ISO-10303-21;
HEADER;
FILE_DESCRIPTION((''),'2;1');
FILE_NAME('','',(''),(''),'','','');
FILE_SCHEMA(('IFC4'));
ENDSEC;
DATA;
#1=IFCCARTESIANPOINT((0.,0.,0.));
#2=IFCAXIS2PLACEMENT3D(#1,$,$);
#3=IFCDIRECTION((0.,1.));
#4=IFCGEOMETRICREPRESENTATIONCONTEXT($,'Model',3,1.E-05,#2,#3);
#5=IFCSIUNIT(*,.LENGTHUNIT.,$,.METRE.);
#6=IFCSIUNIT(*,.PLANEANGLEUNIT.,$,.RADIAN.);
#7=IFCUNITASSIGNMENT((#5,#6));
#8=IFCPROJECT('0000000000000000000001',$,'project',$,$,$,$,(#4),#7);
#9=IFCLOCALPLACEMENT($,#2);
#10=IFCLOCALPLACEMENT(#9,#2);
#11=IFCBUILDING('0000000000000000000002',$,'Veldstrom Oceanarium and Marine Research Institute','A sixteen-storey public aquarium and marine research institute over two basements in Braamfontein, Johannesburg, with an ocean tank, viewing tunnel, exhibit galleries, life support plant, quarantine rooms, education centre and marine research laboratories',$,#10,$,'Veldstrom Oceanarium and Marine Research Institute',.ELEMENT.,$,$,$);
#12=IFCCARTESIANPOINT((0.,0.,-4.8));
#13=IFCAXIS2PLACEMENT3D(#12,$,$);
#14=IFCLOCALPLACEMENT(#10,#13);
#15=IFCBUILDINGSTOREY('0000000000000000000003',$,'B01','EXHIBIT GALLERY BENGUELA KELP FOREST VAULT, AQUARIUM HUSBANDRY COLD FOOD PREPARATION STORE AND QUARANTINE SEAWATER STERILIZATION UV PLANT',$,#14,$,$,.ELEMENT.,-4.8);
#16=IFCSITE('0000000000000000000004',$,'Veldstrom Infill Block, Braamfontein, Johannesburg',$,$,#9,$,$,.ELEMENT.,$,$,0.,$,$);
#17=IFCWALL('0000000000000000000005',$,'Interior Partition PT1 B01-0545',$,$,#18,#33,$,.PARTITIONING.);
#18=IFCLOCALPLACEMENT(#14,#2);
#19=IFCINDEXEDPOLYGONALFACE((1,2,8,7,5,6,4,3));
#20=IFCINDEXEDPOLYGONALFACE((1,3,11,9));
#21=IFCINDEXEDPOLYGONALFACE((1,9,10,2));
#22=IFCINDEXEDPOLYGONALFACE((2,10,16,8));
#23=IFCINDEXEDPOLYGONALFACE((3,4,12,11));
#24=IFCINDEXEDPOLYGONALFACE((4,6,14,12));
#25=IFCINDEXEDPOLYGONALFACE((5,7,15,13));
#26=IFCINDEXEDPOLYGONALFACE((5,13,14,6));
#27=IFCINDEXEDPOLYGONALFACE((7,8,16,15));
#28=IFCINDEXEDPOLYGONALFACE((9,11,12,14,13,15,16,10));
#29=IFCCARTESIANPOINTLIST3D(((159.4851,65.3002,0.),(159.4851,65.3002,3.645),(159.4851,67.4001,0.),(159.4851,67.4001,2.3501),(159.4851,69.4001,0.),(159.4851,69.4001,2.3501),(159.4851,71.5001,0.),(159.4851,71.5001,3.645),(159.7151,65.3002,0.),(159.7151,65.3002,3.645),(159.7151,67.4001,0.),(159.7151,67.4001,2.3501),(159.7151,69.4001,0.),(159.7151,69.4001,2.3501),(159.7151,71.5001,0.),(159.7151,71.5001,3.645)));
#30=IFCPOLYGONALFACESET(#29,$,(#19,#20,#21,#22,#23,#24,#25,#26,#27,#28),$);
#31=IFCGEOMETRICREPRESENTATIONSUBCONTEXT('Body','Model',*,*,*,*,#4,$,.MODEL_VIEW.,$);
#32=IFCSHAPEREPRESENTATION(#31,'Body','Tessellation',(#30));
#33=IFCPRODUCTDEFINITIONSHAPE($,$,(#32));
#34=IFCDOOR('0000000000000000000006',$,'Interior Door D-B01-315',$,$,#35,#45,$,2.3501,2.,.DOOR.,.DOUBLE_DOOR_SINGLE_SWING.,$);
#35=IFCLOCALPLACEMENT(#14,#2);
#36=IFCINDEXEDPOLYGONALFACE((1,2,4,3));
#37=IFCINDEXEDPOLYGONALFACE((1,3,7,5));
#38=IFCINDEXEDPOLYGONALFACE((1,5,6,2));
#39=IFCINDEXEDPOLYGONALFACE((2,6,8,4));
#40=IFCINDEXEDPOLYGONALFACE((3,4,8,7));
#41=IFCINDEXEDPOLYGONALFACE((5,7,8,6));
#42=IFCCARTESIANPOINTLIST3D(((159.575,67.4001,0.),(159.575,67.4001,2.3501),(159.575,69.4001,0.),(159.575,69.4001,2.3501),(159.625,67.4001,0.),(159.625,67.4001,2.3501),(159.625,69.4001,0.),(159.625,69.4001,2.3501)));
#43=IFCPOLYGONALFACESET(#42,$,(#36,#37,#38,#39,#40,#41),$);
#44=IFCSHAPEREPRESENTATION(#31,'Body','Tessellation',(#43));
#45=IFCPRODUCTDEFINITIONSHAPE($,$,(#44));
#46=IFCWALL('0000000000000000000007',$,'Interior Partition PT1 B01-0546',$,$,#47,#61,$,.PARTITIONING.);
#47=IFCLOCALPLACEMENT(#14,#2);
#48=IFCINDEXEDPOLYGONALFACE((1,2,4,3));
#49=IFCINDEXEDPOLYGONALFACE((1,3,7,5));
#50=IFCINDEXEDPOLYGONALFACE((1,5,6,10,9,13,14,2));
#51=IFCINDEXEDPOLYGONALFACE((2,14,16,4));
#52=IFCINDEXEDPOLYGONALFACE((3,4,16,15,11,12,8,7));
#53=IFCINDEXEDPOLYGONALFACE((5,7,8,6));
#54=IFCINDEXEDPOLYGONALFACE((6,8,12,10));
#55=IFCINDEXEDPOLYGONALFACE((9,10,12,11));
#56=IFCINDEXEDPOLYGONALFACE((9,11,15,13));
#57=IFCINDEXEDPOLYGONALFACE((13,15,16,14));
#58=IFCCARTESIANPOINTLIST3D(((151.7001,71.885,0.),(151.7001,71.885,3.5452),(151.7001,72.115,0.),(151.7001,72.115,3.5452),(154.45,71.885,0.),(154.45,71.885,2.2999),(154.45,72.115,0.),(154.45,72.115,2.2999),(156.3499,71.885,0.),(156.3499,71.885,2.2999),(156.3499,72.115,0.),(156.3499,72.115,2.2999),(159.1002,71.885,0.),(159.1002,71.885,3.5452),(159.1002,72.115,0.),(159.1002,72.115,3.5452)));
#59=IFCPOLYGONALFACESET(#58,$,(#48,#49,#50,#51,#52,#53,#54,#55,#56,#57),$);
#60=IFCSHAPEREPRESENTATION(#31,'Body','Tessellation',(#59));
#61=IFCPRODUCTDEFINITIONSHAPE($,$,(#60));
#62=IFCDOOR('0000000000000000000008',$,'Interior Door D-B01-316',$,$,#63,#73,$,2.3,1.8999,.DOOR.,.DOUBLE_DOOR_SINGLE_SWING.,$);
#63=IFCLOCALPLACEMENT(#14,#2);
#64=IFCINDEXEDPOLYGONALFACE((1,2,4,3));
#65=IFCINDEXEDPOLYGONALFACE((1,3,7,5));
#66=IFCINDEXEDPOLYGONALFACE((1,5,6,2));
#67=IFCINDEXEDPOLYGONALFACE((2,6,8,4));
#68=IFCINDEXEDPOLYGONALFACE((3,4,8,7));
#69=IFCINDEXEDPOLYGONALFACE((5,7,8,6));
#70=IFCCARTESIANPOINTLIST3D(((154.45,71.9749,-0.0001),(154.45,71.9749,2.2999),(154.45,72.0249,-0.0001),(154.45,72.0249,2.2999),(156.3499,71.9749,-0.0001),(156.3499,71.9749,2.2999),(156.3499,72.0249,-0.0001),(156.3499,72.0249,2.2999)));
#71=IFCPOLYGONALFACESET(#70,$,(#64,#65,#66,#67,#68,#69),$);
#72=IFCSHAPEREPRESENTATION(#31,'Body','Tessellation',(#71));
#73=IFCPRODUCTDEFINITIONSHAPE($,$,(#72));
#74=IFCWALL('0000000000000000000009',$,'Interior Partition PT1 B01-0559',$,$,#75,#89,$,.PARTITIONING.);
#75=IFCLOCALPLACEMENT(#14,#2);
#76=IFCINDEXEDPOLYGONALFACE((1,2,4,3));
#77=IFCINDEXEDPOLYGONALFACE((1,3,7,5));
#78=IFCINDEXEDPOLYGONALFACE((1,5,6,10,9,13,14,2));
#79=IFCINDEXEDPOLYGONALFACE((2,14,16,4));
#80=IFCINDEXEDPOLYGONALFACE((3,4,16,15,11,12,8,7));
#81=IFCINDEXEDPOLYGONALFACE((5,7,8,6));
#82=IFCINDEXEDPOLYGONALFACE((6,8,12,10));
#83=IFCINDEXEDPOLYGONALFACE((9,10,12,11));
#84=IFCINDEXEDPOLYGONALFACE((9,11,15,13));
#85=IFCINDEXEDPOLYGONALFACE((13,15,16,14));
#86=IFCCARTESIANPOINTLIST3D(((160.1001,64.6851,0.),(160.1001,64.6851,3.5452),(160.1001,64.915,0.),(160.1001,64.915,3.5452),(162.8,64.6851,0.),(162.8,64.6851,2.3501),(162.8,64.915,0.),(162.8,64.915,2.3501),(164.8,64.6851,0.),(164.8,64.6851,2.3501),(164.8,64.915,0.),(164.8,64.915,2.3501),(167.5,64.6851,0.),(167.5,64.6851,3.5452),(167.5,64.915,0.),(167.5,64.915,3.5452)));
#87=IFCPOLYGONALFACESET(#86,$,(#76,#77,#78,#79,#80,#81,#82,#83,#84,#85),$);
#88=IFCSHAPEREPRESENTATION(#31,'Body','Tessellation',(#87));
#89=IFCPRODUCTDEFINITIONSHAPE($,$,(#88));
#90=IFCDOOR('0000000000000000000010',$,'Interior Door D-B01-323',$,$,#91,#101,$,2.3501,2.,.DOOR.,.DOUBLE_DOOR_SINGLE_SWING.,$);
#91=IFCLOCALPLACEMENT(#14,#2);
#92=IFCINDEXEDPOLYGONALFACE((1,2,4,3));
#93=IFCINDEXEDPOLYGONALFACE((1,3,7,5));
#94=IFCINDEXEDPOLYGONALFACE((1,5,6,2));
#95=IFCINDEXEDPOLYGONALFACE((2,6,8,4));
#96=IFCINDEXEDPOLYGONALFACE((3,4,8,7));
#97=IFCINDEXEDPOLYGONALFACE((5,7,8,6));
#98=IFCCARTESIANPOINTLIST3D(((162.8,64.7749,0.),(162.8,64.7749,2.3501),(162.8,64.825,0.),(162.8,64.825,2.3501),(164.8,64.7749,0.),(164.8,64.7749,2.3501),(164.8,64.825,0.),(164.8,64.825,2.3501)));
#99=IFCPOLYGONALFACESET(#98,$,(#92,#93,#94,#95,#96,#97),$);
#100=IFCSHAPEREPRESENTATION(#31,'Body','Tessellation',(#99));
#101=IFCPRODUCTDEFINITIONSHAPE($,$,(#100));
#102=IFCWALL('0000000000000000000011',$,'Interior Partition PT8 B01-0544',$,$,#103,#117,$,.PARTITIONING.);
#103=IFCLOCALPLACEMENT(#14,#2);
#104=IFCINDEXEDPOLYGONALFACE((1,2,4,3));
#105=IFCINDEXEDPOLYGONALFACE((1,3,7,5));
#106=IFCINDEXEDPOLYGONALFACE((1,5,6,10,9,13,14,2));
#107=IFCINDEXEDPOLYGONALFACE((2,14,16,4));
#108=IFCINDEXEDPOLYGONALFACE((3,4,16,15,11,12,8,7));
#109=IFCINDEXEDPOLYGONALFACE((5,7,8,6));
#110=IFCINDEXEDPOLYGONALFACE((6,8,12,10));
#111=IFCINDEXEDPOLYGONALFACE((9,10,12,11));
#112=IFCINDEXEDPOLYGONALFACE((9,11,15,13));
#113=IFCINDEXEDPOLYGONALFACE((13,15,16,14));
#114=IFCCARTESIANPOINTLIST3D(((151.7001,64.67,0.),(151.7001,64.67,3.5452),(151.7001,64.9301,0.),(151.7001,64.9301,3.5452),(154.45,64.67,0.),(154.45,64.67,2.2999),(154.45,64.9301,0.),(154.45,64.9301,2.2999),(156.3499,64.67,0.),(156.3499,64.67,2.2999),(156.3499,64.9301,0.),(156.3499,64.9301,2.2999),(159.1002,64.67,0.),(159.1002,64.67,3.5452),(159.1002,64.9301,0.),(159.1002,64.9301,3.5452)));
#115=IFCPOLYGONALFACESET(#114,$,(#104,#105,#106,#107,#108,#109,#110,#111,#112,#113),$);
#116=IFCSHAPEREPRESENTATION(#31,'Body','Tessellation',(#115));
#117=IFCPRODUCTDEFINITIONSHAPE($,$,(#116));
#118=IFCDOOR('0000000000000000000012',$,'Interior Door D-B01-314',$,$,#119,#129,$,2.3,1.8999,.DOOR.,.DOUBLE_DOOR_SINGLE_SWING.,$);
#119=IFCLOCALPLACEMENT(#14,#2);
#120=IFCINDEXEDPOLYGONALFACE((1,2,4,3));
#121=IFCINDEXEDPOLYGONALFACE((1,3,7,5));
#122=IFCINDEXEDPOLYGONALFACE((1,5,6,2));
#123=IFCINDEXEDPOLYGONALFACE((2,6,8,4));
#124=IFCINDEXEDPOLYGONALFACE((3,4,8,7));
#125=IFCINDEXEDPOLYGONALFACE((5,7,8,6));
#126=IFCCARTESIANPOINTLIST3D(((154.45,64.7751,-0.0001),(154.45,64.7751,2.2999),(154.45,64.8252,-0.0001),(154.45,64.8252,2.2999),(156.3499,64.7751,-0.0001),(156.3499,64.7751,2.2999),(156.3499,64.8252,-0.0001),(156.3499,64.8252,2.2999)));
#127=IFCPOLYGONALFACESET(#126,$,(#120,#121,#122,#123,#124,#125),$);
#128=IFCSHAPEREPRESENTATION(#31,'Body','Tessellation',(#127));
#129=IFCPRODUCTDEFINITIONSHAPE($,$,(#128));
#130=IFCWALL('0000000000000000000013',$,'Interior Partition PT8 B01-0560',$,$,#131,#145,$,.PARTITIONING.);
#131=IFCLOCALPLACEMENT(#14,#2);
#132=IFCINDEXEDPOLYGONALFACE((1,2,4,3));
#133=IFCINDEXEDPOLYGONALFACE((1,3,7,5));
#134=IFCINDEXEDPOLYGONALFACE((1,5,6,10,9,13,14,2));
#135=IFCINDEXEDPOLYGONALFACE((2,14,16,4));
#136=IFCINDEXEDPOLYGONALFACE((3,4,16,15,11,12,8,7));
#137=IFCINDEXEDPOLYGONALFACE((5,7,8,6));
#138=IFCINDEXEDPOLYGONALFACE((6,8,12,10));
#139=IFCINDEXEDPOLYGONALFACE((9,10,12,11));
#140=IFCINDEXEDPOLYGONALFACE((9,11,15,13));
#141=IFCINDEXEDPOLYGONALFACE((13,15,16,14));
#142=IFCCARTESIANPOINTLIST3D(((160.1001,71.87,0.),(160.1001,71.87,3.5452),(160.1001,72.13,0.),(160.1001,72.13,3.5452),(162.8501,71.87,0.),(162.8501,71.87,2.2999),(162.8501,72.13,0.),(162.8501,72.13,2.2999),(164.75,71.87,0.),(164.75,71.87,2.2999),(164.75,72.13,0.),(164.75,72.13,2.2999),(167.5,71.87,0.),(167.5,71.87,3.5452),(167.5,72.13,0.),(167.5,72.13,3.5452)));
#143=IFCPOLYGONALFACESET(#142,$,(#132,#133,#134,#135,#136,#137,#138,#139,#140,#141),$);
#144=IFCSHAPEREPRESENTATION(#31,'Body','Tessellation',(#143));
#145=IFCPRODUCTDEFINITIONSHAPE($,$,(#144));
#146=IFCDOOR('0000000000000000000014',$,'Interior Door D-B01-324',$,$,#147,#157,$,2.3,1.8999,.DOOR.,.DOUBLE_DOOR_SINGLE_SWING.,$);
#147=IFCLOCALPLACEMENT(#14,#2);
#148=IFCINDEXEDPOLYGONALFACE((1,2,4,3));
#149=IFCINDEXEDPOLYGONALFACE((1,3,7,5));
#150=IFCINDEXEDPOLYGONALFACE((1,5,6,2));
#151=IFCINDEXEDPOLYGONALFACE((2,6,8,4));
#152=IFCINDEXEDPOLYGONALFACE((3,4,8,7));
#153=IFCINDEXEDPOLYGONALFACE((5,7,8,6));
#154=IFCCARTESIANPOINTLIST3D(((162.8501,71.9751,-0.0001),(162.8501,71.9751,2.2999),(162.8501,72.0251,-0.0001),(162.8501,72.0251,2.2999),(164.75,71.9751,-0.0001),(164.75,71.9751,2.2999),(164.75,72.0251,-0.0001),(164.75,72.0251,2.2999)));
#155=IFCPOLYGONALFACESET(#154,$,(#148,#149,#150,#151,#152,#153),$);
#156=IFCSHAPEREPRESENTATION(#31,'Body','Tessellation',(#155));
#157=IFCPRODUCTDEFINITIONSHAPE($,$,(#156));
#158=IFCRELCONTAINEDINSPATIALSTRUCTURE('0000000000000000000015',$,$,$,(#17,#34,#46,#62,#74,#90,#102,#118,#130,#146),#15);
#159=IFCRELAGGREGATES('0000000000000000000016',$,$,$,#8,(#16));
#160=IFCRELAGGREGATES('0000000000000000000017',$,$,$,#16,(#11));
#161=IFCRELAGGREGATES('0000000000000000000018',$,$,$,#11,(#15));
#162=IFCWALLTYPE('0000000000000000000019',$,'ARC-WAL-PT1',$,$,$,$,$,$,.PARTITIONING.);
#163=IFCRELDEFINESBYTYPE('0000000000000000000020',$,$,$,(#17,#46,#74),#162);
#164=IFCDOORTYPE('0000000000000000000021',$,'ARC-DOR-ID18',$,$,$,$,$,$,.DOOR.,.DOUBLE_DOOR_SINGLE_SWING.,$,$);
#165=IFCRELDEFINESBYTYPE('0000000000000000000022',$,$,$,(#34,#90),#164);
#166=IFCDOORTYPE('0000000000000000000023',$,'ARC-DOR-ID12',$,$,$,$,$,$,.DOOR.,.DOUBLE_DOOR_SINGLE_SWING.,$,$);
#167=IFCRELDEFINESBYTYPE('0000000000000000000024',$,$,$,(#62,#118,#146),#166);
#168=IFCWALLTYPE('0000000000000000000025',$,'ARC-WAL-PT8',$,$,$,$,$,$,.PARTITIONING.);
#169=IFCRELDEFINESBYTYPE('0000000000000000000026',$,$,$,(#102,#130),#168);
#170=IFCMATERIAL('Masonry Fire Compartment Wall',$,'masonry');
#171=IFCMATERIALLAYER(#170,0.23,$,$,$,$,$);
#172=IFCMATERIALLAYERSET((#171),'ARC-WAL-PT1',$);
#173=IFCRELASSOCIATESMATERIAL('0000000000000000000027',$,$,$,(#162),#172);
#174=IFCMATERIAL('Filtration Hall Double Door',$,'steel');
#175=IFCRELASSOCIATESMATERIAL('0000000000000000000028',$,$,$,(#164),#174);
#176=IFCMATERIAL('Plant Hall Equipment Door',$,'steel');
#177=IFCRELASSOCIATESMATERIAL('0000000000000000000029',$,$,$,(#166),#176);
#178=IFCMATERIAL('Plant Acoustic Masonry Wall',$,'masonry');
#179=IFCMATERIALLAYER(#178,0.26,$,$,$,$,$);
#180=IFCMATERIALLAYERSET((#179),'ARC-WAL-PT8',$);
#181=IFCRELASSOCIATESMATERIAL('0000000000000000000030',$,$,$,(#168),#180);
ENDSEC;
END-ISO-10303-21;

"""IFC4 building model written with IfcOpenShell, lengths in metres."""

from ifc_helpers import new_model, si_unit, direction, frame, frame_2d, origin, place, context, subcontext, project, spatial, rectangle, extrude, material, layer, layer_set, type_object, element, fill, save


model = new_model("IFC4")

# Units and contexts
model_context = context("Model", 3, precision=1e-05, world=origin(), true_north=direction((0.0, 1.0)))
body_context = subcontext(model_context, "Body", "Model", "MODEL_VIEW")
ifc_project = project(units=[si_unit("LENGTHUNIT", "METRE"), si_unit("PLANEANGLEUNIT", "RADIAN")], contexts=[model_context])

# Site, building, storey
site_placement = place(None, origin())
site = spatial("IfcSite", under=ifc_project, at=site_placement, Name="Veldstrom Infill Block, Braamfontein, Johannesburg", CompositionType="ELEMENT", RefElevation=0.0)
building_placement = place(site_placement, origin())
building = spatial("IfcBuilding", under=site, at=building_placement, Name="Veldstrom Oceanarium and Marine Research Institute", Description="A sixteen-storey public aquarium and marine research institute over two basements in Braamfontein, Johannesburg, with an ocean tank, viewing tunnel, exhibit galleries, life support plant, quarantine rooms, education centre and marine research laboratories", LongName="Veldstrom Oceanarium and Marine Research Institute", CompositionType="ELEMENT")
storey_placement = place(building_placement, frame((0.0, 0.0, -4.8)))
storey = spatial("IfcBuildingStorey", under=building, at=storey_placement, Name="B01", Description="EXHIBIT GALLERY BENGUELA KELP FOREST VAULT, AQUARIUM HUSBANDRY COLD FOOD PREPARATION STORE AND QUARANTINE SEAWATER STERILIZATION UV PLANT", CompositionType="ELEMENT", Elevation=-4.8)

# Shared definitions
ifc_material_1 = material(Name="Masonry Fire Compartment Wall", Category="masonry")
ifc_layer_1 = layer(ifc_material_1, 0.23)
ifc_layer_set_1 = layer_set([ifc_layer_1], Name="ARC-WAL-PT1")
wall_type_1 = type_object("IfcWallType", Name="ARC-WAL-PT1", PredefinedType="PARTITIONING", material=ifc_layer_set_1)

# Walls, openings, doors
wall_1_placement = place(storey_placement, frame((159.6001, 65.3, 0.0), z_axis=(0.0, 0.0, 1.0), x_axis=(0.0, 1.0, 0.0)))
wall_1 = element("IfcWall", 1, at=wall_1_placement, inside=storey, type_object=wall_type_1, Name="Interior Partition PT1 B01-0545", PredefinedType="PARTITIONING", context=body_context, shape_type="SweptSolid", body=[
    extrude(rectangle(XDim=6.2, YDim=0.23, at=frame_2d((3.1001, 0.0))), origin(), (0.0, 0.0, 1.0), 3.645),
])
opening_1_placement = place(wall_1_placement, frame((2.1001, 0.0, 0.0)))
opening_1 = element("IfcOpeningElement", 2, at=opening_1_placement, cuts=wall_1, PredefinedType="OPENING", context=body_context, shape_type="SweptSolid", body=[
    extrude(rectangle(XDim=2.0, YDim=2.3501, at=frame_2d((1.0, 1.175))), frame((0.0, 0.125, 0.0), z_axis=(0.0, -1.0, 0.0), x_axis=(1.0, 0.0, 0.0)), (0.0, 0.0, 1.0), 0.25),
])
ifc_material_2 = material(Name="Filtration Hall Double Door", Category="steel")
door_type_1 = type_object("IfcDoorType", Name="ARC-DOR-ID18", OperationType="DOUBLE_DOOR_SINGLE_SWING", PredefinedType="DOOR", material=ifc_material_2)
door_1_placement = place(opening_1_placement, frame((2.0, 0.0, 0.0), z_axis=(0.0, 0.0, 1.0), x_axis=(-1.0, 0.0, 0.0)))
door_1 = element("IfcDoor", 3, at=door_1_placement, inside=storey, type_object=door_type_1, Name="Interior Door D-B01-315", OperationType="DOUBLE_DOOR_SINGLE_SWING", OverallHeight=2.3501, OverallWidth=2.0, PredefinedType="DOOR", context=body_context, shape_type="SweptSolid", body=[
    extrude(rectangle(XDim=2.0, YDim=2.3501, at=frame_2d((1.0, 1.175))), frame((0.0, 0.0249, 0.0), z_axis=(0.0, -1.0, 0.0), x_axis=(1.0, 0.0, 0.0)), (0.0, 0.0, 1.0), 0.05),
])
fill(opening_1, door_1)
wall_2_placement = place(storey_placement, frame((151.7, 72.0, 0.0), z_axis=(0.0, 0.0, 1.0), x_axis=(1.0, 0.0, 0.0)))
wall_2 = element("IfcWall", 4, at=wall_2_placement, inside=storey, type_object=wall_type_1, Name="Interior Partition PT1 B01-0546", PredefinedType="PARTITIONING", context=body_context, shape_type="SweptSolid", body=[
    extrude(rectangle(XDim=7.4001, YDim=0.23, at=frame_2d((3.7002, 0.0))), origin(), (0.0, 0.0, 1.0), 3.5452),
])
opening_2_placement = place(wall_2_placement, frame((2.75, 0.0, 0.0)))
opening_2 = element("IfcOpeningElement", 5, at=opening_2_placement, cuts=wall_2, PredefinedType="OPENING", context=body_context, shape_type="SweptSolid", body=[
    extrude(rectangle(XDim=1.8999, YDim=2.3, at=frame_2d((0.95, 1.1499))), frame((0.0, 0.125, 0.0), z_axis=(0.0, -1.0, 0.0), x_axis=(1.0, 0.0, 0.0)), (0.0, 0.0, 1.0), 0.25),
])
ifc_material_3 = material(Name="Plant Hall Equipment Door", Category="steel")
door_type_2 = type_object("IfcDoorType", Name="ARC-DOR-ID12", OperationType="DOUBLE_DOOR_SINGLE_SWING", PredefinedType="DOOR", material=ifc_material_3)
door_2_placement = place(opening_2_placement, origin())
door_2 = element("IfcDoor", 6, at=door_2_placement, inside=storey, type_object=door_type_2, Name="Interior Door D-B01-316", OperationType="DOUBLE_DOOR_SINGLE_SWING", OverallHeight=2.3, OverallWidth=1.8999, PredefinedType="DOOR", context=body_context, shape_type="SweptSolid", body=[
    extrude(rectangle(XDim=1.8999, YDim=2.3, at=frame_2d((0.95, 1.1499))), frame((0.0, 0.0249, 0.0), z_axis=(0.0, -1.0, 0.0), x_axis=(1.0, 0.0, 0.0)), (0.0, 0.0, 1.0), 0.05),
])
fill(opening_2, door_2)
wall_3_placement = place(storey_placement, frame((160.1001, 64.8, 0.0), z_axis=(0.0, 0.0, 1.0), x_axis=(1.0, 0.0, 0.0)))
wall_3 = element("IfcWall", 7, at=wall_3_placement, inside=storey, type_object=wall_type_1, Name="Interior Partition PT1 B01-0559", PredefinedType="PARTITIONING", context=body_context, shape_type="SweptSolid", body=[
    extrude(rectangle(XDim=7.3999, YDim=0.23, at=frame_2d((3.7, 0.0))), origin(), (0.0, 0.0, 1.0), 3.5452),
])
opening_3_placement = place(wall_3_placement, frame((2.7, 0.0, 0.0)))
opening_3 = element("IfcOpeningElement", 8, at=opening_3_placement, cuts=wall_3, PredefinedType="OPENING", context=body_context, shape_type="SweptSolid", body=[
    extrude(rectangle(XDim=2.0, YDim=2.3501, at=frame_2d((1.0, 1.175))), frame((0.0, 0.125, 0.0), z_axis=(0.0, -1.0, 0.0), x_axis=(1.0, 0.0, 0.0)), (0.0, 0.0, 1.0), 0.25),
])
door_3_placement = place(opening_3_placement, origin())
door_3 = element("IfcDoor", 9, at=door_3_placement, inside=storey, type_object=door_type_1, Name="Interior Door D-B01-323", OperationType="DOUBLE_DOOR_SINGLE_SWING", OverallHeight=2.3501, OverallWidth=2.0, PredefinedType="DOOR", context=body_context, shape_type="SweptSolid", body=[
    extrude(rectangle(XDim=2.0, YDim=2.3501, at=frame_2d((1.0, 1.175))), frame((0.0, 0.0249, 0.0), z_axis=(0.0, -1.0, 0.0), x_axis=(1.0, 0.0, 0.0)), (0.0, 0.0, 1.0), 0.05),
])
fill(opening_3, door_3)
ifc_material_4 = material(Name="Plant Acoustic Masonry Wall", Category="masonry")
ifc_layer_2 = layer(ifc_material_4, 0.26)
ifc_layer_set_2 = layer_set([ifc_layer_2], Name="ARC-WAL-PT8")
wall_type_2 = type_object("IfcWallType", Name="ARC-WAL-PT8", PredefinedType="PARTITIONING", material=ifc_layer_set_2)
wall_4_placement = place(storey_placement, frame((151.7, 64.8, 0.0), z_axis=(0.0, 0.0, 1.0), x_axis=(1.0, 0.0, 0.0)))
wall_4 = element("IfcWall", 10, at=wall_4_placement, inside=storey, type_object=wall_type_2, Name="Interior Partition PT8 B01-0544", PredefinedType="PARTITIONING", context=body_context, shape_type="SweptSolid", body=[
    extrude(rectangle(XDim=7.4001, YDim=0.26, at=frame_2d((3.7002, 0.0))), origin(), (0.0, 0.0, 1.0), 3.5452),
])
opening_4_placement = place(wall_4_placement, frame((2.75, 0.0, 0.0)))
opening_4 = element("IfcOpeningElement", 11, at=opening_4_placement, cuts=wall_4, PredefinedType="OPENING", context=body_context, shape_type="SweptSolid", body=[
    extrude(rectangle(XDim=1.8999, YDim=2.3, at=frame_2d((0.95, 1.1499))), frame((0.0, 0.1399, 0.0), z_axis=(0.0, -1.0, 0.0), x_axis=(1.0, 0.0, 0.0)), (0.0, 0.0, 1.0), 0.28),
])
door_4_placement = place(opening_4_placement, frame((1.8999, 0.0, 0.0), z_axis=(0.0, 0.0, 1.0), x_axis=(-1.0, 0.0, 0.0)))
door_4 = element("IfcDoor", 12, at=door_4_placement, inside=storey, type_object=door_type_2, Name="Interior Door D-B01-314", OperationType="DOUBLE_DOOR_SINGLE_SWING", OverallHeight=2.3, OverallWidth=1.8999, PredefinedType="DOOR", context=body_context, shape_type="SweptSolid", body=[
    extrude(rectangle(XDim=1.8999, YDim=2.3, at=frame_2d((0.95, 1.1499))), frame((0.0, 0.0249, 0.0), z_axis=(0.0, -1.0, 0.0), x_axis=(1.0, 0.0, 0.0)), (0.0, 0.0, 1.0), 0.05),
])
fill(opening_4, door_4)
wall_5_placement = place(storey_placement, frame((160.1001, 72.0, 0.0), z_axis=(0.0, 0.0, 1.0), x_axis=(1.0, 0.0, 0.0)))
wall_5 = element("IfcWall", 13, at=wall_5_placement, inside=storey, type_object=wall_type_2, Name="Interior Partition PT8 B01-0560", PredefinedType="PARTITIONING", context=body_context, shape_type="SweptSolid", body=[
    extrude(rectangle(XDim=7.3999, YDim=0.26, at=frame_2d((3.7, 0.0))), origin(), (0.0, 0.0, 1.0), 3.5452),
])
opening_5_placement = place(wall_5_placement, frame((2.75, 0.0, 0.0)))
opening_5 = element("IfcOpeningElement", 14, at=opening_5_placement, cuts=wall_5, PredefinedType="OPENING", context=body_context, shape_type="SweptSolid", body=[
    extrude(rectangle(XDim=1.8999, YDim=2.3, at=frame_2d((0.95, 1.1499))), frame((0.0, 0.1399, 0.0), z_axis=(0.0, -1.0, 0.0), x_axis=(1.0, 0.0, 0.0)), (0.0, 0.0, 1.0), 0.28),
])
door_5_placement = place(opening_5_placement, frame((1.8999, 0.0, 0.0), z_axis=(0.0, 0.0, 1.0), x_axis=(-1.0, 0.0, 0.0)))
door_5 = element("IfcDoor", 15, at=door_5_placement, inside=storey, type_object=door_type_2, Name="Interior Door D-B01-324", OperationType="DOUBLE_DOOR_SINGLE_SWING", OverallHeight=2.3, OverallWidth=1.8999, PredefinedType="DOOR", context=body_context, shape_type="SweptSolid", body=[
    extrude(rectangle(XDim=1.8999, YDim=2.3, at=frame_2d((0.95, 1.1499))), frame((0.0, 0.0249, 0.0), z_axis=(0.0, -1.0, 0.0), x_axis=(1.0, 0.0, 0.0)), (0.0, 0.0, 1.0), 0.05),
])
fill(opening_5, door_5)

save(model, "model.ifc")
